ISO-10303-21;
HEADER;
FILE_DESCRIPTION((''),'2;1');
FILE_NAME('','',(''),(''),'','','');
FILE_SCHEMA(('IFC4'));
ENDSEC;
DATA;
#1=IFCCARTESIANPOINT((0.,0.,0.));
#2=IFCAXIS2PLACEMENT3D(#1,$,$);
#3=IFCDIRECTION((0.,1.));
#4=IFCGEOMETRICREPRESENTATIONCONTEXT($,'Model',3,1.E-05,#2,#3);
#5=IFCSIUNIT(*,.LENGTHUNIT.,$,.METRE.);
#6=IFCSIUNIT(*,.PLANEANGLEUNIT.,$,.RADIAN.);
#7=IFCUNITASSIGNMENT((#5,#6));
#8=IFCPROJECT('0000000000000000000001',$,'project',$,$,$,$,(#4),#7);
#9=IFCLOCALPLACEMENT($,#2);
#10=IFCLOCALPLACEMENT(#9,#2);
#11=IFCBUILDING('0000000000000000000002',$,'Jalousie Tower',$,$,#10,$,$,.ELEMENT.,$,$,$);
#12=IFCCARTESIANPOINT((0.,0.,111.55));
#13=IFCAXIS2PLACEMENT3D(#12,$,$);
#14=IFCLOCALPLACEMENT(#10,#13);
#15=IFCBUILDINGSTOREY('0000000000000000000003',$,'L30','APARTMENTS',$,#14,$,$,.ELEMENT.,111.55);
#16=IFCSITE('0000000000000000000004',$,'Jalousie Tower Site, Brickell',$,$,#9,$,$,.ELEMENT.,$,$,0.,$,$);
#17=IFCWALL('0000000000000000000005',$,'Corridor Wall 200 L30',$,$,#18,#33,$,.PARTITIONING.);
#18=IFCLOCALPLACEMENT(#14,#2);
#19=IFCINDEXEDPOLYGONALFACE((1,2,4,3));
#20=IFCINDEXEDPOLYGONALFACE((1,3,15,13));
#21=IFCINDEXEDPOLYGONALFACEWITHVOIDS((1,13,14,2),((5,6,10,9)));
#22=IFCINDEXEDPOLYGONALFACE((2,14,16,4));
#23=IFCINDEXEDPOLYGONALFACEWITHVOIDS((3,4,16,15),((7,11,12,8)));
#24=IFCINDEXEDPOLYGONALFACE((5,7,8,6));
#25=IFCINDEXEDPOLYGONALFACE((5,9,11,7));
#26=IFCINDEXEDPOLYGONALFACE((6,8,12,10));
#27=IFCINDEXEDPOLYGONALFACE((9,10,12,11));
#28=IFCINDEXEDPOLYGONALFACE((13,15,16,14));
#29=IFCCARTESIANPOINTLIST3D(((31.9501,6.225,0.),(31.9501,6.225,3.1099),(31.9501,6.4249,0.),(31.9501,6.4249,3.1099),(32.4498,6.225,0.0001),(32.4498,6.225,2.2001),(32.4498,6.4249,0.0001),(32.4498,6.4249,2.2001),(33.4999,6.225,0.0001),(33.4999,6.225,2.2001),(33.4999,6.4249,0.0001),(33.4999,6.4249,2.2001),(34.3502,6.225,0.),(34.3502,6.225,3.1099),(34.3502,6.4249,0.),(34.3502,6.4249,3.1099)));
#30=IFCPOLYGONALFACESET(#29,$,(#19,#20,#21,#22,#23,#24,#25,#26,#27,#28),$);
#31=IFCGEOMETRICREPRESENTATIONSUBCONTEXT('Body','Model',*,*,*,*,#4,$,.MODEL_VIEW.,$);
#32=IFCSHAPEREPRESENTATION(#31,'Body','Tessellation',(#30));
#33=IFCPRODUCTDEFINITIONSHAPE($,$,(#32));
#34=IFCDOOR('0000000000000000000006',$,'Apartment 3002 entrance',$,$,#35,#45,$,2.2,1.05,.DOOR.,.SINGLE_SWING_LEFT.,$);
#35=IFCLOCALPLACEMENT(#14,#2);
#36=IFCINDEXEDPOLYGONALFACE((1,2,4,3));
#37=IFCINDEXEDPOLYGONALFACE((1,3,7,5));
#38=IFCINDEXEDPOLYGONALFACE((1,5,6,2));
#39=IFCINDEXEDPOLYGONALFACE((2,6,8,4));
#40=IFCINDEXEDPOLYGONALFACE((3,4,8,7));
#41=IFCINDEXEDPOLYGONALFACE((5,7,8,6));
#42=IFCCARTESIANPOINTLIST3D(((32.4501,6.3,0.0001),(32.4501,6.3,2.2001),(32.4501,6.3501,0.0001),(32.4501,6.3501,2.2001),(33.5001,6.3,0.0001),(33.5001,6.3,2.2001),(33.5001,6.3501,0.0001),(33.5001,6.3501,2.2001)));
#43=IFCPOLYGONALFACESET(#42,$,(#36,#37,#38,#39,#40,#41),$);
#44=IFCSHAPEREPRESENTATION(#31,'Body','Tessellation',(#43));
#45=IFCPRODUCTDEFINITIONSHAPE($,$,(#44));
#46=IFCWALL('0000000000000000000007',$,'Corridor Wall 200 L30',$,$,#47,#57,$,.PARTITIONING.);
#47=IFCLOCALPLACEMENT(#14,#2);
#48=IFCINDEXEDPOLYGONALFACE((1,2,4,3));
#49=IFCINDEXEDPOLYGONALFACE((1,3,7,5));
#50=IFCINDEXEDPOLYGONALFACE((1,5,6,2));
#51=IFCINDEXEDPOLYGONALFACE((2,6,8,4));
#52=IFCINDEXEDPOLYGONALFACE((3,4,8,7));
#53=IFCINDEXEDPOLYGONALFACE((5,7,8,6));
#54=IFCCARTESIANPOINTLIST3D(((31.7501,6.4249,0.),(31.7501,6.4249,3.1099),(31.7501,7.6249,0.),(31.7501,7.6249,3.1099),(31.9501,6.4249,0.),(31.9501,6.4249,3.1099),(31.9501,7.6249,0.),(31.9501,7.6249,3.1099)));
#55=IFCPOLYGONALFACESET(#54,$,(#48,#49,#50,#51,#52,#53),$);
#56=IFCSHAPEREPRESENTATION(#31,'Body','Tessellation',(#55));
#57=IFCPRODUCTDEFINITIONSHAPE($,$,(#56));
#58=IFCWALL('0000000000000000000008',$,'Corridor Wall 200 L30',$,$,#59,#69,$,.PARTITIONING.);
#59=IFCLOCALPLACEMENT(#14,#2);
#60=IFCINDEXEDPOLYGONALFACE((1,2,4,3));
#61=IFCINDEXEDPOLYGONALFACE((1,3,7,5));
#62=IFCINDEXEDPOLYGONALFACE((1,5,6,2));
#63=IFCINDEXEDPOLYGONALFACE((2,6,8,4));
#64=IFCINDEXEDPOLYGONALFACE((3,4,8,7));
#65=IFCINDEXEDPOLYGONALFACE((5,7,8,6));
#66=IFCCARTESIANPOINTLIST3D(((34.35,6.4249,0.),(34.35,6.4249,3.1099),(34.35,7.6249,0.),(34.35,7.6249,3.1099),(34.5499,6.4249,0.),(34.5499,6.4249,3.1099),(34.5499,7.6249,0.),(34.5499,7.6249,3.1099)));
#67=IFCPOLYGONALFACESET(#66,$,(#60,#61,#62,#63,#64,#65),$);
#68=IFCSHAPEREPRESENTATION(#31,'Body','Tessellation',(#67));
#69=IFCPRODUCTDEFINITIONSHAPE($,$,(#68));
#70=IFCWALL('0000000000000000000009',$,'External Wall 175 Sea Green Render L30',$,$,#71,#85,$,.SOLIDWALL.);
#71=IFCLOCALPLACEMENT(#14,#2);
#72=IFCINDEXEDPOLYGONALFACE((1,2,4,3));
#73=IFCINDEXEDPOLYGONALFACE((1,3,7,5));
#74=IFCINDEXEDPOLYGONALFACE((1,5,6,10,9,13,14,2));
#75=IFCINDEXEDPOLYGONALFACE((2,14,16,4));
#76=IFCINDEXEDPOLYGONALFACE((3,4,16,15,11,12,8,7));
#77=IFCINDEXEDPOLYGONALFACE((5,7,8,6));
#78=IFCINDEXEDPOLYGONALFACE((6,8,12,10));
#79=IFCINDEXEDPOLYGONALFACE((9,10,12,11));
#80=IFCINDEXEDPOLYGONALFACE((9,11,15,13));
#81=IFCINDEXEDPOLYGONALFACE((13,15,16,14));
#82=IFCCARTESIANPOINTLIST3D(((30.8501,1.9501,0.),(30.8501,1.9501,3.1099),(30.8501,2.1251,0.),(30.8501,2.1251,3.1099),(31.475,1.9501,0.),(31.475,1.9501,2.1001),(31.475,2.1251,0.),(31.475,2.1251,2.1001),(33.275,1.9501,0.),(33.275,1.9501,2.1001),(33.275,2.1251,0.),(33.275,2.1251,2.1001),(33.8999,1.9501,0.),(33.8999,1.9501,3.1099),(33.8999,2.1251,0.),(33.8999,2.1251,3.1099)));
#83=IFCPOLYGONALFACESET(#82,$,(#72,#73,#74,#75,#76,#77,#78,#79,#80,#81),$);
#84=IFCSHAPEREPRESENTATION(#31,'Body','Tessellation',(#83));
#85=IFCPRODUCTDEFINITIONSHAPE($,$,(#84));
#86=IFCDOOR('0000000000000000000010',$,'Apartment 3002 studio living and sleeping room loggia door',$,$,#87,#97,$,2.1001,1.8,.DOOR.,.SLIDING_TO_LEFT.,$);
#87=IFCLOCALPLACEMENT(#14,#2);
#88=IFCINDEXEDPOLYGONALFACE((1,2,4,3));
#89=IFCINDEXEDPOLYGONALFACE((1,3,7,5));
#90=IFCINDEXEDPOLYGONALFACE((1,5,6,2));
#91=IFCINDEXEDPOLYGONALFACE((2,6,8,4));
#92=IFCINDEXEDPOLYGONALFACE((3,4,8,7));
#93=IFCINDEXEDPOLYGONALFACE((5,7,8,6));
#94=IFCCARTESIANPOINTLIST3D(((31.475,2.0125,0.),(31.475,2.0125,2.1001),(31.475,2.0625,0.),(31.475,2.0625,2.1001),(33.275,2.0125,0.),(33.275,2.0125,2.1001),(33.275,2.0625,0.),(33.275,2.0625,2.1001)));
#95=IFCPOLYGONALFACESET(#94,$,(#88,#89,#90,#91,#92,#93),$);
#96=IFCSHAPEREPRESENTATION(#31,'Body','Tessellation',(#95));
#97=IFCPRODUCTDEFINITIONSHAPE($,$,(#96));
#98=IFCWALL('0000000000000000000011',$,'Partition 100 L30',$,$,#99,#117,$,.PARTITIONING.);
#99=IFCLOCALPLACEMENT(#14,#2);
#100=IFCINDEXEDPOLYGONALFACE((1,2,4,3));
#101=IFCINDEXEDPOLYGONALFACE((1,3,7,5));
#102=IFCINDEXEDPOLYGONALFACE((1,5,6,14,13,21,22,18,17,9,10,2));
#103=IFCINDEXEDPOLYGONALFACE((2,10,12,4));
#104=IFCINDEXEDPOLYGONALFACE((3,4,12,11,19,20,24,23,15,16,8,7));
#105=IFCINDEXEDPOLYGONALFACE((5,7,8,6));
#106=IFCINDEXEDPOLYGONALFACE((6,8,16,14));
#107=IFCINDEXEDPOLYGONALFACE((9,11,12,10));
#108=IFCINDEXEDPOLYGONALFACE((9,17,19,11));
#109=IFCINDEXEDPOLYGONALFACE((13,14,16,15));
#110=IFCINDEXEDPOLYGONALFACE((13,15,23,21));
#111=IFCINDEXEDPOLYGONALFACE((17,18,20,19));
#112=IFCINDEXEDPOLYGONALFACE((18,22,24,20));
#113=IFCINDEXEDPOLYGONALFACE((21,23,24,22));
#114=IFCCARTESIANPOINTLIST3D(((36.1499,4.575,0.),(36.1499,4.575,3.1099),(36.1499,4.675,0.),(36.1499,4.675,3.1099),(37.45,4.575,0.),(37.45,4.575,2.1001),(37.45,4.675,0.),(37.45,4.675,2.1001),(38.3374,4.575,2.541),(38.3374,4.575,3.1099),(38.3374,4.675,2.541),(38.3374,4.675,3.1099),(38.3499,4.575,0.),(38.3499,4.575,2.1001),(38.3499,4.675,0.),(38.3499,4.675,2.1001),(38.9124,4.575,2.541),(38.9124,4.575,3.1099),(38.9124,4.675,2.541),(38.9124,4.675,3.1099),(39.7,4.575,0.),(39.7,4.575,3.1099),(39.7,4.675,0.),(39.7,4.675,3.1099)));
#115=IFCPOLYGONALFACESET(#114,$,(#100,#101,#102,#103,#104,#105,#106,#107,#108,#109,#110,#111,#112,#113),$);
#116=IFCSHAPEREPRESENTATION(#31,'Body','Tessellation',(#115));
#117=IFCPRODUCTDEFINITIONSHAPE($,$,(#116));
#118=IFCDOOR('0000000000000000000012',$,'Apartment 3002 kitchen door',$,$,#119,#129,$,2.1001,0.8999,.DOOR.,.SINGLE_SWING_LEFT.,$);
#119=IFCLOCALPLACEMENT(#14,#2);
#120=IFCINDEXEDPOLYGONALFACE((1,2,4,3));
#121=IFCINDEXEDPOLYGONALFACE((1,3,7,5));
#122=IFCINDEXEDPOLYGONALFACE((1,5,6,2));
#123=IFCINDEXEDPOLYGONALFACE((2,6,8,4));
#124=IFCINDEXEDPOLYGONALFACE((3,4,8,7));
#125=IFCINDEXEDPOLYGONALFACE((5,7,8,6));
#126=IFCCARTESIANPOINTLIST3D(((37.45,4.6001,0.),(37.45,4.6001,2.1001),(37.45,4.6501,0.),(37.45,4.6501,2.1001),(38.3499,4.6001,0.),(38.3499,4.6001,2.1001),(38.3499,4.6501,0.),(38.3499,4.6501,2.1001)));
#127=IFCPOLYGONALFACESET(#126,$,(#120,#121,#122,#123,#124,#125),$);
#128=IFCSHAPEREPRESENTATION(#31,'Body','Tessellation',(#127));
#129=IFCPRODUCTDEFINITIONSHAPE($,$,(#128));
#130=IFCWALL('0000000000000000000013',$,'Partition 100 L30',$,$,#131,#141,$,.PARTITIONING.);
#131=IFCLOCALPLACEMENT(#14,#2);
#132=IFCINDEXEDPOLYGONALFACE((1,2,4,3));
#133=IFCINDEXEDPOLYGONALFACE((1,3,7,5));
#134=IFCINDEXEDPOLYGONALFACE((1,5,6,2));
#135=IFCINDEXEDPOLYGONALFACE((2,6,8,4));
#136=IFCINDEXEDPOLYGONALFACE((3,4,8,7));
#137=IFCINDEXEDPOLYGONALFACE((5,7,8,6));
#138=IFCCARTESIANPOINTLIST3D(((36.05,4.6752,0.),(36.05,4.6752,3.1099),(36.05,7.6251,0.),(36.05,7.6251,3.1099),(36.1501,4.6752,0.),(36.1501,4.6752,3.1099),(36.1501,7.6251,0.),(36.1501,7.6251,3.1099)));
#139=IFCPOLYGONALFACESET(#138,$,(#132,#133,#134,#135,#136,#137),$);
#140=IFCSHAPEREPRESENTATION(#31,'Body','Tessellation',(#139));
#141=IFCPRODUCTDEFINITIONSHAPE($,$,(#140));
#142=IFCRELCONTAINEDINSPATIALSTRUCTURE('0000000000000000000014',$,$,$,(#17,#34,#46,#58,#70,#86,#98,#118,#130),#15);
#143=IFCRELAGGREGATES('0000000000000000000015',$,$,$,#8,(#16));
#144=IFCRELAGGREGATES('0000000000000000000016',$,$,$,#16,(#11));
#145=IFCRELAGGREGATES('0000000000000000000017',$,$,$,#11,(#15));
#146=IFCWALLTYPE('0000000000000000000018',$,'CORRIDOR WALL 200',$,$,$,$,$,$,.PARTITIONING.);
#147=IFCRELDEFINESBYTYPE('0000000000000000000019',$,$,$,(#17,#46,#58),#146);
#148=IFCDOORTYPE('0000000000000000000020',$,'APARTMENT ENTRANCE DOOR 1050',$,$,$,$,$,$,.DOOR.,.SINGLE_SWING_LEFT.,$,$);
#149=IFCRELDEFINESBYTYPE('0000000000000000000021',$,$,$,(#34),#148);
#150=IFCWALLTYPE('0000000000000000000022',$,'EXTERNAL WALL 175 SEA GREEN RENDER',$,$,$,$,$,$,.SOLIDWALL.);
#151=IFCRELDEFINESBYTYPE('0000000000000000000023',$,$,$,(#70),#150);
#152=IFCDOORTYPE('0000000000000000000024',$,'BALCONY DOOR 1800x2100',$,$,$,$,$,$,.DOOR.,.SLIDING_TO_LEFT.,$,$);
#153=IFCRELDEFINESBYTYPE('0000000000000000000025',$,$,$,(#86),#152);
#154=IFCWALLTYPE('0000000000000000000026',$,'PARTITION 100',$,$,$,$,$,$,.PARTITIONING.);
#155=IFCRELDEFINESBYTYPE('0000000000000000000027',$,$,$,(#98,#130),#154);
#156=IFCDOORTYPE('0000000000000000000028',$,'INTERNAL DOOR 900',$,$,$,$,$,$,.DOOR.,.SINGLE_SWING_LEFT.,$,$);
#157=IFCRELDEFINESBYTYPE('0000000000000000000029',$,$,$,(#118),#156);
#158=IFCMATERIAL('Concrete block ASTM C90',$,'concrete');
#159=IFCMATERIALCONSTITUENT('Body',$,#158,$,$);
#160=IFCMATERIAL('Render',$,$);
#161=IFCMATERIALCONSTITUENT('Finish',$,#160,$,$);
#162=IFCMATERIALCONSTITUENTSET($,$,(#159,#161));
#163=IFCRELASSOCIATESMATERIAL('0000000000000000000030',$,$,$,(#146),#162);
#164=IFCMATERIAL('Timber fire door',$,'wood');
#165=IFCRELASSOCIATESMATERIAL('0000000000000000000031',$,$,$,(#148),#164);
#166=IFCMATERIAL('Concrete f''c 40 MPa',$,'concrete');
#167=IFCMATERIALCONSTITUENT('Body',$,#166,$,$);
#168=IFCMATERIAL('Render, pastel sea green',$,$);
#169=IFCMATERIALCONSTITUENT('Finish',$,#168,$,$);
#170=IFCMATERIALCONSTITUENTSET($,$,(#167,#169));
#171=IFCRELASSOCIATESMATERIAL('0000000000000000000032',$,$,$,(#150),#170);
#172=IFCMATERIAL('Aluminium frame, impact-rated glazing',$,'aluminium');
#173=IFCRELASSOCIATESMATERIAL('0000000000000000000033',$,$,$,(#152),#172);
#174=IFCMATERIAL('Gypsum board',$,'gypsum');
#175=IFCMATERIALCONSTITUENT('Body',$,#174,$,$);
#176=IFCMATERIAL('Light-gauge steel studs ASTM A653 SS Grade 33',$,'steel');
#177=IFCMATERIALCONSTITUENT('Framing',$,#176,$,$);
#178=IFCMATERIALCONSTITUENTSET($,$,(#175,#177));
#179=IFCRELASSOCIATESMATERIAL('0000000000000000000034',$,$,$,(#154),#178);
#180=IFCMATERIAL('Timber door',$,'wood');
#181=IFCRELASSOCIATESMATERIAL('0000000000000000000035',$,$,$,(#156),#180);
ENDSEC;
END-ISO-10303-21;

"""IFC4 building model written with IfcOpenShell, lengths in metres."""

from ifc_helpers import new_model, si_unit, direction, frame, frame_2d, origin, place, context, subcontext, project, spatial, polyline, rectangle, outline, extrude, material, constituent, constituent_set, type_object, element, fill, save


model = new_model("IFC4")

# Units and contexts
model_context = context("Model", 3, precision=1e-05, world=origin(), true_north=direction((0.0, 1.0)))
body_context = subcontext(model_context, "Body", "Model", "MODEL_VIEW")
ifc_project = project(units=[si_unit("LENGTHUNIT", "METRE"), si_unit("PLANEANGLEUNIT", "RADIAN")], contexts=[model_context])

# Site, building, storey
site_placement = place(None, origin())
site = spatial("IfcSite", under=ifc_project, at=site_placement, Name="Jalousie Tower Site, Brickell", CompositionType="ELEMENT", RefElevation=0.0)
building_placement = place(site_placement, origin())
building = spatial("IfcBuilding", under=site, at=building_placement, Name="Jalousie Tower", CompositionType="ELEMENT")
storey_placement = place(building_placement, frame((0.0, 0.0, 111.55)))
storey = spatial("IfcBuildingStorey", under=building, at=storey_placement, Name="L30", Description="APARTMENTS", CompositionType="ELEMENT", Elevation=111.55)

# Shared definitions
ifc_material_1 = material(Name="Concrete block ASTM C90", Category="concrete")
ifc_constituent_1 = constituent(ifc_material_1, Name="Body")
ifc_material_2 = material(Name="Render")
ifc_constituent_2 = constituent(ifc_material_2, Name="Finish")
ifc_constituent_set_1 = constituent_set(constituents=[ifc_constituent_1, ifc_constituent_2])
wall_type_1 = type_object("IfcWallType", Name="CORRIDOR WALL 200", PredefinedType="PARTITIONING", material=ifc_constituent_set_1)
ifc_material_3 = material(Name="Timber fire door", Category="wood")
door_type_1 = type_object("IfcDoorType", Name="APARTMENT ENTRANCE DOOR 1050", OperationType="SINGLE_SWING_LEFT", PredefinedType="DOOR", material=ifc_material_3)

# Wall, opening, door
wall_1_placement = place(storey_placement, frame((31.95, 6.325, 0.0), z_axis=(0.0, 0.0, 1.0), x_axis=(1.0, 0.0, 0.0)))
wall_1 = element("IfcWall", 1, at=wall_1_placement, inside=storey, type_object=wall_type_1, Name="Corridor Wall 200 L30", PredefinedType="PARTITIONING", context=body_context, shape_type="SweptSolid", body=[
    extrude(rectangle(XDim=2.4001, YDim=0.2, at=frame_2d((1.2002, 0.0))), origin(), (0.0, 0.0, 1.0), 3.1099),
])
opening_1_placement = place(wall_1_placement, frame((0.5, 0.0, 0.0)))
opening_1 = element("IfcOpeningElement", 2, at=opening_1_placement, cuts=wall_1, PredefinedType="OPENING", context=body_context, shape_type="SweptSolid", body=[
    extrude(rectangle(XDim=1.05, YDim=2.2, at=frame_2d((0.5249, 1.1001))), frame((0.0, 0.1099, 0.0), z_axis=(0.0, -1.0, 0.0), x_axis=(1.0, 0.0, 0.0)), (0.0, 0.0, 1.0), 0.22),
])
door_1_placement = place(opening_1_placement, frame((1.05, 0.0, 0.0), z_axis=(0.0, 0.0, 1.0), x_axis=(-1.0, 0.0, 0.0)))
door_1 = element("IfcDoor", 3, at=door_1_placement, inside=storey, type_object=door_type_1, Name="Apartment 3002 entrance", OperationType="SINGLE_SWING_LEFT", OverallHeight=2.2, OverallWidth=1.05, PredefinedType="DOOR", context=body_context, shape_type="SweptSolid", body=[
    extrude(rectangle(XDim=1.05, YDim=2.2, at=frame_2d((0.5249, 1.1001))), frame((0.0, 0.0249, 0.0), z_axis=(0.0, -1.0, 0.0), x_axis=(1.0, 0.0, 0.0)), (0.0, 0.0, 1.0), 0.05),
])
fill(opening_1, door_1)

# Walls
for number, where, z_axis, x_axis, name in (
    (4, (31.8501, 7.625, 0.0), (0.0, 0.0, 1.0), (0.0, -1.0, 0.0), "Corridor Wall 200 L30"),
    (5, (34.45, 7.625, 0.0), (0.0, 0.0, 1.0), (0.0, -1.0, 0.0), "Corridor Wall 200 L30"),
):
    element("IfcWall", number, at=place(storey_placement, frame(where, z_axis=z_axis, x_axis=x_axis)), inside=storey, type_object=wall_type_1, Name=name, PredefinedType="PARTITIONING", context=body_context, shape_type="SweptSolid", body=[
        extrude(rectangle(XDim=1.2, YDim=0.2, at=frame_2d((0.6001, 0.0))), origin(), (0.0, 0.0, 1.0), 3.1099),
    ])

# Walls, openings, doors
ifc_material_4 = material(Name="Concrete f'c 40 MPa", Category="concrete")
ifc_constituent_3 = constituent(ifc_material_4, Name="Body")
ifc_material_5 = material(Name="Render, pastel sea green")
ifc_constituent_4 = constituent(ifc_material_5, Name="Finish")
ifc_constituent_set_2 = constituent_set(constituents=[ifc_constituent_3, ifc_constituent_4])
wall_type_2 = type_object("IfcWallType", Name="EXTERNAL WALL 175 SEA GREEN RENDER", PredefinedType="SOLIDWALL", material=ifc_constituent_set_2)
wall_2_placement = place(storey_placement, frame((30.8501, 2.0376, 0.0), z_axis=(0.0, 0.0, 1.0), x_axis=(1.0, 0.0, 0.0)))
wall_2 = element("IfcWall", 6, at=wall_2_placement, inside=storey, type_object=wall_type_2, Name="External Wall 175 Sea Green Render L30", PredefinedType="SOLIDWALL", context=body_context, shape_type="SweptSolid", body=[
    extrude(rectangle(XDim=3.0498, YDim=0.175, at=frame_2d((1.5249, 0.0))), origin(), (0.0, 0.0, 1.0), 3.1099),
])
opening_2_placement = place(wall_2_placement, frame((0.625, 0.0, 0.0)))
opening_2 = element("IfcOpeningElement", 7, at=opening_2_placement, cuts=wall_2, PredefinedType="OPENING", context=body_context, shape_type="SweptSolid", body=[
    extrude(rectangle(XDim=1.8, YDim=2.1001, at=frame_2d((0.8999, 1.05))), frame((0.0, 0.0974, 0.0), z_axis=(0.0, -1.0, 0.0), x_axis=(1.0, 0.0, 0.0)), (0.0, 0.0, 1.0), 0.1951),
])
ifc_material_6 = material(Name="Aluminium frame, impact-rated glazing", Category="aluminium")
door_type_2 = type_object("IfcDoorType", Name="BALCONY DOOR 1800x2100", OperationType="SLIDING_TO_LEFT", PredefinedType="DOOR", material=ifc_material_6)
door_2_placement = place(opening_2_placement, origin())
door_2 = element("IfcDoor", 8, at=door_2_placement, inside=storey, type_object=door_type_2, Name="Apartment 3002 studio living and sleeping room loggia door", OperationType="SLIDING_TO_LEFT", OverallHeight=2.1001, OverallWidth=1.8, PredefinedType="DOOR", context=body_context, shape_type="SweptSolid", body=[
    extrude(rectangle(XDim=1.8, YDim=2.1001, at=frame_2d((0.8999, 1.05))), frame((0.0, 0.0249, 0.0), z_axis=(0.0, -1.0, 0.0), x_axis=(1.0, 0.0, 0.0)), (0.0, 0.0, 1.0), 0.05),
])
fill(opening_2, door_2)
ifc_material_7 = material(Name="Gypsum board", Category="gypsum")
ifc_constituent_5 = constituent(ifc_material_7, Name="Body")
ifc_material_8 = material(Name="Light-gauge steel studs ASTM A653 SS Grade 33", Category="steel")
ifc_constituent_6 = constituent(ifc_material_8, Name="Framing")
ifc_constituent_set_3 = constituent_set(constituents=[ifc_constituent_5, ifc_constituent_6])
wall_type_3 = type_object("IfcWallType", Name="PARTITION 100", PredefinedType="PARTITIONING", material=ifc_constituent_set_3)
wall_3_placement = place(storey_placement, frame((36.1499, 4.625, 0.0), z_axis=(0.0, 0.0, 1.0), x_axis=(1.0, 0.0, 0.0)))
wall_3 = element("IfcWall", 9, at=wall_3_placement, inside=storey, type_object=wall_type_3, Name="Partition 100 L30", PredefinedType="PARTITIONING", context=body_context, shape_type="SweptSolid", body=[
    extrude(outline(polyline([(0.0, 0.0), (3.55, 0.0), (3.55, 3.1099), (2.7625, 3.1099), (2.7625, 2.541), (2.1875, 2.541), (2.1875, 3.1099), (0.0, 3.1099), (0.0, 0.0)])), frame((0.0, 0.05, 0.0), z_axis=(0.0, -1.0, 0.0), x_axis=(1.0, 0.0, 0.0)), (0.0, 0.0, 1.0), 0.1001),
])
opening_3_placement = place(wall_3_placement, frame((1.3, 0.0, 0.0)))
opening_3 = element("IfcOpeningElement", 10, at=opening_3_placement, cuts=wall_3, PredefinedType="OPENING", context=body_context, shape_type="SweptSolid", body=[
    extrude(rectangle(XDim=0.8999, YDim=2.1001, at=frame_2d((0.45, 1.05))), frame((0.0, 0.0601, 0.0), z_axis=(0.0, -1.0, 0.0), x_axis=(1.0, 0.0, 0.0)), (0.0, 0.0, 1.0), 0.1201),
])
ifc_material_9 = material(Name="Timber door", Category="wood")
door_type_3 = type_object("IfcDoorType", Name="INTERNAL DOOR 900", OperationType="SINGLE_SWING_LEFT", PredefinedType="DOOR", material=ifc_material_9)
door_3_placement = place(opening_3_placement, frame((0.8999, 0.0, 0.0), z_axis=(0.0, 0.0, 1.0), x_axis=(-1.0, 0.0, 0.0)))
door_3 = element("IfcDoor", 11, at=door_3_placement, inside=storey, type_object=door_type_3, Name="Apartment 3002 kitchen door", OperationType="SINGLE_SWING_LEFT", OverallHeight=2.1001, OverallWidth=0.8999, PredefinedType="DOOR", context=body_context, shape_type="SweptSolid", body=[
    extrude(rectangle(XDim=0.8999, YDim=2.1001, at=frame_2d((0.45, 1.05))), frame((0.0, 0.0249, 0.0), z_axis=(0.0, -1.0, 0.0), x_axis=(1.0, 0.0, 0.0)), (0.0, 0.0, 1.0), 0.05),
])
fill(opening_3, door_3)

# Wall
wall_4_placement = place(storey_placement, frame((36.1001, 4.675, 0.0), z_axis=(0.0, 0.0, 1.0), x_axis=(0.0, 1.0, 0.0)))
element("IfcWall", 12, at=wall_4_placement, inside=storey, type_object=wall_type_3, Name="Partition 100 L30", PredefinedType="PARTITIONING", context=body_context, shape_type="SweptSolid", body=[
    extrude(rectangle(XDim=2.95, YDim=0.1001, at=frame_2d((1.4751, 0.0))), origin(), (0.0, 0.0, 1.0), 3.1099),
])

save(model, "model.ifc")
